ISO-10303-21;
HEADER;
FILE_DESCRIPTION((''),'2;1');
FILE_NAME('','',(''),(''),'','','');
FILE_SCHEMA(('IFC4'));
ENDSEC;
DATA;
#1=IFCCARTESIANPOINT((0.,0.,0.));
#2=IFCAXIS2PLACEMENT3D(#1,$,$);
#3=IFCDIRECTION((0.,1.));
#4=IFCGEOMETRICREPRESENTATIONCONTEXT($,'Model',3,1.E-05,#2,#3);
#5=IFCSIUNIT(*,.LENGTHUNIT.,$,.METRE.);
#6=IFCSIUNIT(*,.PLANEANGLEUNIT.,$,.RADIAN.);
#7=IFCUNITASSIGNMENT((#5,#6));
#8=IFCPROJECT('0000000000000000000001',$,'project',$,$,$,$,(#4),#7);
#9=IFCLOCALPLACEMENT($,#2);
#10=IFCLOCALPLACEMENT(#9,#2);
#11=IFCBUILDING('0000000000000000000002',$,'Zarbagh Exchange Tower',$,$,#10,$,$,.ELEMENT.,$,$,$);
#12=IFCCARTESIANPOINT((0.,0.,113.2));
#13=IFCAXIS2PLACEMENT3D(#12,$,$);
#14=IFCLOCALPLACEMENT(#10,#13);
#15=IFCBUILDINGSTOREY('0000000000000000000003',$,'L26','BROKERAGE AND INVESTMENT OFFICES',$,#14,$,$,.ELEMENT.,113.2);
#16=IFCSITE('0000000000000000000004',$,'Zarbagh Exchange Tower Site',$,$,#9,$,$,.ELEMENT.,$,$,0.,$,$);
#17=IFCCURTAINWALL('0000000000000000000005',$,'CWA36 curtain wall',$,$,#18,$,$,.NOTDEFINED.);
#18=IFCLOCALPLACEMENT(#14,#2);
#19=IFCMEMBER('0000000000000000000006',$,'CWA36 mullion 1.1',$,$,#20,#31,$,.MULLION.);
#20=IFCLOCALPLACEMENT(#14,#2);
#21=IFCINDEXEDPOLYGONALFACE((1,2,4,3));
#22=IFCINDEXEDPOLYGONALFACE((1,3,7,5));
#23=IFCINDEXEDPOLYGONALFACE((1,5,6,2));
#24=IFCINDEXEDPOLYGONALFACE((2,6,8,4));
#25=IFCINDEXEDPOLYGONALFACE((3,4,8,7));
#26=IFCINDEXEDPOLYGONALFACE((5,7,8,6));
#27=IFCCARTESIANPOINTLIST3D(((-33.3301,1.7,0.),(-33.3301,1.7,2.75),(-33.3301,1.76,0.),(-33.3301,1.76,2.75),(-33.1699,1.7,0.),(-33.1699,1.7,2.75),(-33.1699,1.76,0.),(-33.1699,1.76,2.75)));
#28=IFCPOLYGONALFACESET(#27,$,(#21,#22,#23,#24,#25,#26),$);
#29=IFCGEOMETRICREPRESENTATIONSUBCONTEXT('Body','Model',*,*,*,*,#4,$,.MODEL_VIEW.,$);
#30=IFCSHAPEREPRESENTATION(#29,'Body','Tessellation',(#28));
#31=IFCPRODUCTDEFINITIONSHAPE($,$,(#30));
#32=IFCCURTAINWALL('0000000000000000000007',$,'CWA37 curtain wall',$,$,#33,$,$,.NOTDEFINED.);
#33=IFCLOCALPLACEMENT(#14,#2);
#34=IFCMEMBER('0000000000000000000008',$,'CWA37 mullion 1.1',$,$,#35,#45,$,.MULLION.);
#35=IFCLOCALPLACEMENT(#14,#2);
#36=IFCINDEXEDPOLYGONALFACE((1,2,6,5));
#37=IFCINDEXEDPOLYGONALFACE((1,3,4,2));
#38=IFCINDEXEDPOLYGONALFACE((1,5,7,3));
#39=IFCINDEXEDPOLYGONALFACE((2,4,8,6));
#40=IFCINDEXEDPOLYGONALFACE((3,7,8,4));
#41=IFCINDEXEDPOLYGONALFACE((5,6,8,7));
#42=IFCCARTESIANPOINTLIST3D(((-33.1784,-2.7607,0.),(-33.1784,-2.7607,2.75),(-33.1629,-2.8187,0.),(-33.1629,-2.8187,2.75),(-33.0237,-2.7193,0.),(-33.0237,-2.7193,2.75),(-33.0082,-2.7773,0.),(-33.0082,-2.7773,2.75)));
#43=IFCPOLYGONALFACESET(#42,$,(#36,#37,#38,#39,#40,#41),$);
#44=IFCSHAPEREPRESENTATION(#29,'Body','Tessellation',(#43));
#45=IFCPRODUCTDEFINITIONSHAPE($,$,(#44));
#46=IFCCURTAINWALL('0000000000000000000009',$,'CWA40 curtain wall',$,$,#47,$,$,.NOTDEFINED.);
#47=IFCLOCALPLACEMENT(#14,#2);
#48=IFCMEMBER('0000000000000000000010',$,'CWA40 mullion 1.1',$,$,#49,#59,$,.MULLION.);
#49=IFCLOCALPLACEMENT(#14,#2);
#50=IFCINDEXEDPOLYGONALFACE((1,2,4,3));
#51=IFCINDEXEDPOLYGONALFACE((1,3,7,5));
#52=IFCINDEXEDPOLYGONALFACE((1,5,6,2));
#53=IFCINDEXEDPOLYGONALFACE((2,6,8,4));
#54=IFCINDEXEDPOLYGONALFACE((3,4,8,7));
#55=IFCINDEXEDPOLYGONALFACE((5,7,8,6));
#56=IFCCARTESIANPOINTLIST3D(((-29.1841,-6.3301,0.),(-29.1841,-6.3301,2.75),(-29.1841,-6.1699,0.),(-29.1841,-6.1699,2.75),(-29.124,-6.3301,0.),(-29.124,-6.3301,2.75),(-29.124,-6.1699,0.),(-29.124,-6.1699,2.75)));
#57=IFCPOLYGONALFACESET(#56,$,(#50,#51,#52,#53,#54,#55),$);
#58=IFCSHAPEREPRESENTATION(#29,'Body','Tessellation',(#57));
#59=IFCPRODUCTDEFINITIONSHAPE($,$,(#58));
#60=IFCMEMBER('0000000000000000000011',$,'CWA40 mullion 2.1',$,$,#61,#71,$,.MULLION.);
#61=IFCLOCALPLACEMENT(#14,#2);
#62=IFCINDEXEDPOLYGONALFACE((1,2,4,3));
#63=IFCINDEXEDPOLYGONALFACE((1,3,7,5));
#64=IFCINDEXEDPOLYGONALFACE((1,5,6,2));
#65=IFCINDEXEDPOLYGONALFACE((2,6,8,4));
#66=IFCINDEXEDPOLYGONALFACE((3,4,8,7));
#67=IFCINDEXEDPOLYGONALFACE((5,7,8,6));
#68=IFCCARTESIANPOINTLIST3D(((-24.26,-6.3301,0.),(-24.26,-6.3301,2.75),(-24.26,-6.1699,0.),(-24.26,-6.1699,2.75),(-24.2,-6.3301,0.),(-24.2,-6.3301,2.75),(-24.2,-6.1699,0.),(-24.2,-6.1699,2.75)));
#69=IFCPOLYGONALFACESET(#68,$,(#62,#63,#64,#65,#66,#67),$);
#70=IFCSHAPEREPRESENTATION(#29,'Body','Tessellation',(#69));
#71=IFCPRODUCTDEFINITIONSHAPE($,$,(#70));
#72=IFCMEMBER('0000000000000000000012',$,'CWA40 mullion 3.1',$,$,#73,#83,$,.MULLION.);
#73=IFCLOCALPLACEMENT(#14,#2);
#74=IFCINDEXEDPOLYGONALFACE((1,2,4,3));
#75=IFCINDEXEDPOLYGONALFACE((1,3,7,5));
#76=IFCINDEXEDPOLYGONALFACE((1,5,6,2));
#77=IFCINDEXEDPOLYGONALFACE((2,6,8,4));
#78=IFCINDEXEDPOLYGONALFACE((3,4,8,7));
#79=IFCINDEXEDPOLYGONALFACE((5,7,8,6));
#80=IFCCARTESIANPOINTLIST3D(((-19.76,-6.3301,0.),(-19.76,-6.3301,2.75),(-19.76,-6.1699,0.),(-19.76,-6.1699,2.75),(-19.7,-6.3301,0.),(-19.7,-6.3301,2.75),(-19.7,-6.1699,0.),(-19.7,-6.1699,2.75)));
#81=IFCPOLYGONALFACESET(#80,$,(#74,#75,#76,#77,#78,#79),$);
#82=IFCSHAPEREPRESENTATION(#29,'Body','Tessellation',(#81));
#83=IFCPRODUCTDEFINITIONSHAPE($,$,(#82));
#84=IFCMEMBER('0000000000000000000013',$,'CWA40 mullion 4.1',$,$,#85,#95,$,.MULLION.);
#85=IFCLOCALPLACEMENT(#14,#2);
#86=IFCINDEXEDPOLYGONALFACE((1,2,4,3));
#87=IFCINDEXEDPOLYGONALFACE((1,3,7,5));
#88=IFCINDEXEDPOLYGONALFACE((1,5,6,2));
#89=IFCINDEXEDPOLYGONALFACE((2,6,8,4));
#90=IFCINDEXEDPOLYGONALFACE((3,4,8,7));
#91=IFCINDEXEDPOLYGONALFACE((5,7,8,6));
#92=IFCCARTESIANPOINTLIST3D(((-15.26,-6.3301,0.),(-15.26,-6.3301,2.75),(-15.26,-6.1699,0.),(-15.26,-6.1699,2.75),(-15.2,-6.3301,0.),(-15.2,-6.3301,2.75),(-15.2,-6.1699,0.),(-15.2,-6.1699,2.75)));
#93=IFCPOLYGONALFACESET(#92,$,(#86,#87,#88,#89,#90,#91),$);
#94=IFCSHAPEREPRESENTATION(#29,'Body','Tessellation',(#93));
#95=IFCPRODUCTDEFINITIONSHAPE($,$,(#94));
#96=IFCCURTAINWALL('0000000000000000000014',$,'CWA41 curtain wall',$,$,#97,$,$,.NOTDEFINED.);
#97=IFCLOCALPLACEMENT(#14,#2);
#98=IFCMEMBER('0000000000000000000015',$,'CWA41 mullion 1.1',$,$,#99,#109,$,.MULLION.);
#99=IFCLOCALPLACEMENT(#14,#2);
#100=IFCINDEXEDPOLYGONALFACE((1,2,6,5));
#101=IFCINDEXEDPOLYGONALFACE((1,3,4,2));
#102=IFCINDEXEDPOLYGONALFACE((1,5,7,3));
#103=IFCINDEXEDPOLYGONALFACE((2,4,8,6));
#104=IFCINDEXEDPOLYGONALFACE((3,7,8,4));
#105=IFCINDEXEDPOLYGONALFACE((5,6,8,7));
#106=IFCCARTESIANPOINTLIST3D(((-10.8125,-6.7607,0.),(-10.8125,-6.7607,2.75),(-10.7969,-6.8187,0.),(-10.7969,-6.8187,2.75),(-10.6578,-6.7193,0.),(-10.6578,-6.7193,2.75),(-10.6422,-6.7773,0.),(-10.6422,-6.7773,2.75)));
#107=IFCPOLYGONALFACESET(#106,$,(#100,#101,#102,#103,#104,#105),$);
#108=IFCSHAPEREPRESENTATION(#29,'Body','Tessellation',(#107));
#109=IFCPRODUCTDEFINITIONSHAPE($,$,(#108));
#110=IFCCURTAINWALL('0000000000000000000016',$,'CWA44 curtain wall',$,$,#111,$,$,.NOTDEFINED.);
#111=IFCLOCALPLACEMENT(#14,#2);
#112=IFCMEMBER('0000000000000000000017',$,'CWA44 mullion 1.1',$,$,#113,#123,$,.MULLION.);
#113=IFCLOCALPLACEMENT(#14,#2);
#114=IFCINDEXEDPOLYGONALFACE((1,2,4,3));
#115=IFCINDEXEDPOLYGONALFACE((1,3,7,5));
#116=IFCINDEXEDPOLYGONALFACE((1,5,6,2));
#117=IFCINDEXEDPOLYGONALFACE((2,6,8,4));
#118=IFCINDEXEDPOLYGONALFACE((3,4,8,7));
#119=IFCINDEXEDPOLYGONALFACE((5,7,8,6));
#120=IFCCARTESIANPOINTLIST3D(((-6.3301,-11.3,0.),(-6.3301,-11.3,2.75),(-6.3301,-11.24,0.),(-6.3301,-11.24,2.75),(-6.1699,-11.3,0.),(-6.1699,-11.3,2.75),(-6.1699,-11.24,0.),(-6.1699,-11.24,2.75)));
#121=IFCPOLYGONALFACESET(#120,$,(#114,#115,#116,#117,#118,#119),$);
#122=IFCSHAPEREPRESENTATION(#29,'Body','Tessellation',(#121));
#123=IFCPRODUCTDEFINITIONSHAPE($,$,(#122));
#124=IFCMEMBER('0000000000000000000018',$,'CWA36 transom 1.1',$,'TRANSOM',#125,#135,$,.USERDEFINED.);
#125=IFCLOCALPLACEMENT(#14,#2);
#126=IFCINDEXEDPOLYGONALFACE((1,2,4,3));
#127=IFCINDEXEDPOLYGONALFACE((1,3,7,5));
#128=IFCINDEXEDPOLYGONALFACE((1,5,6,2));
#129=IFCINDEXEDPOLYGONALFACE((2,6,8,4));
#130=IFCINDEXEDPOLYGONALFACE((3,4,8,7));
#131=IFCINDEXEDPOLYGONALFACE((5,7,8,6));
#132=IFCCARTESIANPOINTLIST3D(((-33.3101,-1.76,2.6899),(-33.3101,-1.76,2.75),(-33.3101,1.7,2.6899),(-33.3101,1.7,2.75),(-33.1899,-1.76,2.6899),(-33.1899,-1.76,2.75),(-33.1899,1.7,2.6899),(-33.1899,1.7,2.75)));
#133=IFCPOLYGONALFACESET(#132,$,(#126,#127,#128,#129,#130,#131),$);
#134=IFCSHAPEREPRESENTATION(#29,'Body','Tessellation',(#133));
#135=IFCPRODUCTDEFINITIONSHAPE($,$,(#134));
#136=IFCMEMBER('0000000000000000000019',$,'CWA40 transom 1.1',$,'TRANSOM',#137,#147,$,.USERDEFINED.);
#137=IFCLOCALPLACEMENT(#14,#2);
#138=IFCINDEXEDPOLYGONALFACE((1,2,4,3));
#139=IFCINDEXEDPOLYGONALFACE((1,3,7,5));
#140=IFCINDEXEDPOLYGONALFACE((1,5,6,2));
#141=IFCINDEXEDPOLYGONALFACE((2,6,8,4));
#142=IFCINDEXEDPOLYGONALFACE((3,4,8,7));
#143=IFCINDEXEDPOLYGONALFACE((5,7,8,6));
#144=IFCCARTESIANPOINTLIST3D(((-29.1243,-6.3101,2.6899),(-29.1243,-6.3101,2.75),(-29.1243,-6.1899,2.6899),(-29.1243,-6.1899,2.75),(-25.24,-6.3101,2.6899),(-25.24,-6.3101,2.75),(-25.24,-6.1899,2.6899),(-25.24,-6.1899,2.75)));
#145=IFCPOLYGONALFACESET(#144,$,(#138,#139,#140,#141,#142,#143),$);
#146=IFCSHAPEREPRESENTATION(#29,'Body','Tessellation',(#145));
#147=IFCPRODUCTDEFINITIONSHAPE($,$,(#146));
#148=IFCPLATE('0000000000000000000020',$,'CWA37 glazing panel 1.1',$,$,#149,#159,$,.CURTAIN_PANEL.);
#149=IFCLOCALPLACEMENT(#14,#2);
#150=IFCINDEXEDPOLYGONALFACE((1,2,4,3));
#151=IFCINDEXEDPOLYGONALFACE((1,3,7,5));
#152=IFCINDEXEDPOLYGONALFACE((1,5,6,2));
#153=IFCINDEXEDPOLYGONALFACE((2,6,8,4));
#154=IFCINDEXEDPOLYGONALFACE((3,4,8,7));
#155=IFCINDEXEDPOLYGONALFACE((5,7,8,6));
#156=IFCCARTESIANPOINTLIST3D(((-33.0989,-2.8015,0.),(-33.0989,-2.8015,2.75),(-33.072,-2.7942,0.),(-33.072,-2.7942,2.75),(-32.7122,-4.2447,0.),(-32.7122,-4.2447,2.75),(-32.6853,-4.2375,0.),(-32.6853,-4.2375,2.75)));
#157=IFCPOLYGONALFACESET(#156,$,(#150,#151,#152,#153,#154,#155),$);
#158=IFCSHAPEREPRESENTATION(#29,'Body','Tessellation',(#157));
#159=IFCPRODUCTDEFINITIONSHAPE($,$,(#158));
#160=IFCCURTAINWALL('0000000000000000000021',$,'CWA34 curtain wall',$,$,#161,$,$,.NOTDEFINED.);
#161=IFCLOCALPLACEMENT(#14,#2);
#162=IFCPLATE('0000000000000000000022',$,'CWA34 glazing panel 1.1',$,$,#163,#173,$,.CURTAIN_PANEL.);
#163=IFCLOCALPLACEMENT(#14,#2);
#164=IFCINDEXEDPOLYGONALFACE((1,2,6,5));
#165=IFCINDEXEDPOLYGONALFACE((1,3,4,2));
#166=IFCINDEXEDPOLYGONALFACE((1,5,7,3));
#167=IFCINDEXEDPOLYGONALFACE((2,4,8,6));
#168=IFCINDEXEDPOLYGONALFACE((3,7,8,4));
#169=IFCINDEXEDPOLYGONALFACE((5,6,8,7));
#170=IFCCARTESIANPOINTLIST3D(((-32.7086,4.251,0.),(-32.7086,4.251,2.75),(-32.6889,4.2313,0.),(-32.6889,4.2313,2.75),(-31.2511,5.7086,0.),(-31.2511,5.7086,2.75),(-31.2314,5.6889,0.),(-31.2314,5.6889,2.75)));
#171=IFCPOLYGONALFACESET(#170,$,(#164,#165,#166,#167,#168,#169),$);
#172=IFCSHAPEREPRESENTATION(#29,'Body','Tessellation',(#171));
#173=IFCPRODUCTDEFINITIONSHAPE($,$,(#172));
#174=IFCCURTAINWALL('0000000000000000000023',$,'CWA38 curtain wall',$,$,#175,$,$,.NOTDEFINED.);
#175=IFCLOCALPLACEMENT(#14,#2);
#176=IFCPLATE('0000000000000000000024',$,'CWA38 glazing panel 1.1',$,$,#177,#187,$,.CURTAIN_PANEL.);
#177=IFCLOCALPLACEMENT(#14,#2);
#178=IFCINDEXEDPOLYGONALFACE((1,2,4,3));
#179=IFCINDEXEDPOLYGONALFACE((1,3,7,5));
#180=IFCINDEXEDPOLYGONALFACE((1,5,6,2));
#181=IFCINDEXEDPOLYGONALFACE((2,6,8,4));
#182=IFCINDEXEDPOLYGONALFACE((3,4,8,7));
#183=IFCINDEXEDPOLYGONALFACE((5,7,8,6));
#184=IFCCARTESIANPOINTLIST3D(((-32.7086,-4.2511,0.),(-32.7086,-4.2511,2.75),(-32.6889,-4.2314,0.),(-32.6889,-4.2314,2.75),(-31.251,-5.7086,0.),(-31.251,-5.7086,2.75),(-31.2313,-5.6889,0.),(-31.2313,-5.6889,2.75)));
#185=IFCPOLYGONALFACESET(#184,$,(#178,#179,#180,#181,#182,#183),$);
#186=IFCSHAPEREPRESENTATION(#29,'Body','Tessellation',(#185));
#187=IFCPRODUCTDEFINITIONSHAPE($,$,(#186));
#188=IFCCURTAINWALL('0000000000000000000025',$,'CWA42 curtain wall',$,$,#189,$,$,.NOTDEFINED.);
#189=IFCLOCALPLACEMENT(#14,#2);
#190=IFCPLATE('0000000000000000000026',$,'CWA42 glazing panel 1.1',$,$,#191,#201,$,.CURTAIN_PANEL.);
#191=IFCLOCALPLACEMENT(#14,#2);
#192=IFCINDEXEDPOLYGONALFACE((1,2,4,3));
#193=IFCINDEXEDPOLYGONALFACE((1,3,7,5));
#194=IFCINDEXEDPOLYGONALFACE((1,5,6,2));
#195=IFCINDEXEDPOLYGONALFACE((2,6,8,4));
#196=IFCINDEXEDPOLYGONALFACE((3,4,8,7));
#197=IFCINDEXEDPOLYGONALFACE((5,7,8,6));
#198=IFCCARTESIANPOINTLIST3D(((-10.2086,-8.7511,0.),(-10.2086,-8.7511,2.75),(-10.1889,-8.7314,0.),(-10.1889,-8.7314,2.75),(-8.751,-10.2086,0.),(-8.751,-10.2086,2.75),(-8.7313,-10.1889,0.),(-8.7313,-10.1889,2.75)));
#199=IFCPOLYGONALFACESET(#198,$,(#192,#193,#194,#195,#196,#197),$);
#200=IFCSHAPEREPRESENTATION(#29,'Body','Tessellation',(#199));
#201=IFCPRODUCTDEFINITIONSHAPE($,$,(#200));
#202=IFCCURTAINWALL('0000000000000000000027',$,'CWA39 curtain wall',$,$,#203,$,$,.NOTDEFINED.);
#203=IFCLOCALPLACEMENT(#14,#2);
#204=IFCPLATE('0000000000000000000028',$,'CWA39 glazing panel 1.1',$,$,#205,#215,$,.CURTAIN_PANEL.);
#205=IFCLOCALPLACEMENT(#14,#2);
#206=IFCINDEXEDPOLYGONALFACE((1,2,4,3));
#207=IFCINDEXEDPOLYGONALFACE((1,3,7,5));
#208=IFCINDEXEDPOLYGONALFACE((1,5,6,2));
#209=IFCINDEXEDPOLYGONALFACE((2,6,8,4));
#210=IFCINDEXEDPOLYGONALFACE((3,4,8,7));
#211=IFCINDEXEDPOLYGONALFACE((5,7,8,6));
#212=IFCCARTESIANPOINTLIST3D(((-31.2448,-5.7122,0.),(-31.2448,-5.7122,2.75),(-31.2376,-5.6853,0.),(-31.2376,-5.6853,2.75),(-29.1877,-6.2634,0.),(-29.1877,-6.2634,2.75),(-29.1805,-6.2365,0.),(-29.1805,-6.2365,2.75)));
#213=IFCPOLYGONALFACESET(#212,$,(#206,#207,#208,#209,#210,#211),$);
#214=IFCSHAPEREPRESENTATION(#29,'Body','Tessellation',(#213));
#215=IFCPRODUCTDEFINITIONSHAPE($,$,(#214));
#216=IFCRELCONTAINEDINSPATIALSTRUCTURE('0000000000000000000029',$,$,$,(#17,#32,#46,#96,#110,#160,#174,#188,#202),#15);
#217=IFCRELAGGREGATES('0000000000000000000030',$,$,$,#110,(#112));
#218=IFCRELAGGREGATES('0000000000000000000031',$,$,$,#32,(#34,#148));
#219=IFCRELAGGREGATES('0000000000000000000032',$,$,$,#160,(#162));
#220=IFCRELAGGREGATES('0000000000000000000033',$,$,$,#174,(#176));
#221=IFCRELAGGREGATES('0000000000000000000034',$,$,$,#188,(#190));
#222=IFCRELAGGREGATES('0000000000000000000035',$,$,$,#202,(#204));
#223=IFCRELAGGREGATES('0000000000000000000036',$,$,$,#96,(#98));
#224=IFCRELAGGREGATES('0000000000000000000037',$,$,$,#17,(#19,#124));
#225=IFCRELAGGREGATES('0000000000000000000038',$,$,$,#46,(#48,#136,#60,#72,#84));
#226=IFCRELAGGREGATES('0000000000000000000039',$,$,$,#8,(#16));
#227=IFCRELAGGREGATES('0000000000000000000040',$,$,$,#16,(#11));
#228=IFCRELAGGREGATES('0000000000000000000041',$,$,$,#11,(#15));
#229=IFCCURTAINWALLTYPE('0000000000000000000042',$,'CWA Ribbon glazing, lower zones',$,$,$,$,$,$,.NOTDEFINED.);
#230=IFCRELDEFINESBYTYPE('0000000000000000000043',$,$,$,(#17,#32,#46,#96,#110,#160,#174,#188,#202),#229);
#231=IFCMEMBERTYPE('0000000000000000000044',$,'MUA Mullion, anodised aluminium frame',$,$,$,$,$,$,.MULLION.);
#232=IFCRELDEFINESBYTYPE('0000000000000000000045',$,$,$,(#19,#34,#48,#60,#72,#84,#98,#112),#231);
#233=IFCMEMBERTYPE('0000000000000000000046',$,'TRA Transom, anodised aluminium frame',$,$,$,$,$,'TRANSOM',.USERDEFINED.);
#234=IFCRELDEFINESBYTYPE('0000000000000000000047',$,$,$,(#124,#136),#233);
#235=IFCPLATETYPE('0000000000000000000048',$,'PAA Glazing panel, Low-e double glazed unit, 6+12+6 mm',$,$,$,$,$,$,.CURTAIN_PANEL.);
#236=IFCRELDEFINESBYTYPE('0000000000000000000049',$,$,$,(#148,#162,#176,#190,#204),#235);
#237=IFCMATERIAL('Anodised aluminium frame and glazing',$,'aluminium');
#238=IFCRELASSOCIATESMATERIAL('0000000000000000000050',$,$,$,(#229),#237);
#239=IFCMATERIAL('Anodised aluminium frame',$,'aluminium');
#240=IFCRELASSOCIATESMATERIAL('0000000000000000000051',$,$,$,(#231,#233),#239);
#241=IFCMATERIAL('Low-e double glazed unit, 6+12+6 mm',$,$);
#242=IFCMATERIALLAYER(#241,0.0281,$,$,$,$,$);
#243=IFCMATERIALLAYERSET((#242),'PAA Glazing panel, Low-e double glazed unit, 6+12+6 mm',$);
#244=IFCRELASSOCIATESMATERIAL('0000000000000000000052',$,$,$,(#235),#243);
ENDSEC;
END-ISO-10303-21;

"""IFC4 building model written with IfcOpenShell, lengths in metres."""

from ifc_helpers import new_model, si_unit, direction, frame, origin, place, context, subcontext, project, spatial, polyline, outline, extrude, source, transform, mapped, material, layer, layer_set, type_object, element, aggregate, save


model = new_model("IFC4")

# Units and contexts
model_context = context("Model", 3, precision=1e-05, world=origin(), true_north=direction((0.0, 1.0)))
body_context = subcontext(model_context, "Body", "Model", "MODEL_VIEW")
ifc_project = project(units=[si_unit("LENGTHUNIT", "METRE"), si_unit("PLANEANGLEUNIT", "RADIAN")], contexts=[model_context])

# Site, building, storey
site_placement = place(None, origin())
site = spatial("IfcSite", under=ifc_project, at=site_placement, Name="Zarbagh Exchange Tower Site", CompositionType="ELEMENT", RefElevation=0.0)
building_placement = place(site_placement, origin())
building = spatial("IfcBuilding", under=site, at=building_placement, Name="Zarbagh Exchange Tower", CompositionType="ELEMENT")
storey_placement = place(building_placement, frame((0.0, 0.0, 113.2)))
storey = spatial("IfcBuildingStorey", under=building, at=storey_placement, Name="L26", Description="BROKERAGE AND INVESTMENT OFFICES", CompositionType="ELEMENT", Elevation=113.2)

# Curtain walls, members
ifc_material_1 = material(Name="Anodised aluminium frame and glazing", Category="aluminium")
curtain_wall_type = type_object("IfcCurtainWallType", Name="CWA Ribbon glazing, lower zones", PredefinedType="NOTDEFINED", material=ifc_material_1)
curtain_wall_1_placement = place(storey_placement, origin())
curtain_wall_1 = element("IfcCurtainWall", 1, at=curtain_wall_1_placement, inside=storey, type_object=curtain_wall_type, Name="CWA36 curtain wall", PredefinedType="NOTDEFINED")
ifc_material_2 = material(Name="Anodised aluminium frame", Category="aluminium")
member_type_1 = type_object("IfcMemberType", Name="MUA Mullion, anodised aluminium frame", PredefinedType="MULLION", material=ifc_material_2)
shared_shape_1 = source(origin(), body_context, "Body", "SweptSolid", [
    extrude(outline(polyline([(0.0, -0.0801), (0.0601, -0.0801), (0.0601, 0.0801), (0.0, 0.0801), (0.0, -0.0801)])), origin(), (0.0, 0.0, 1.0), 2.75),
])
placement = place(storey_placement, origin())
member_1 = element("IfcMember", 2, at=placement, type_object=member_type_1, Name="CWA36 mullion 1.1", PredefinedType="MULLION", context=body_context, shape_type="MappedRepresentation", body=[
    mapped(shared_shape_1, transform((-33.25, 1.76, 0.0), x_axis=(0.0, -1.0, 0.0), y_axis=(1.0, 0.0, 0.0), z_axis=(0.0, 0.0, 1.0))),
])
curtain_wall_2_placement = place(storey_placement, origin())
curtain_wall_2 = element("IfcCurtainWall", 3, at=curtain_wall_2_placement, inside=storey, type_object=curtain_wall_type, Name="CWA37 curtain wall", PredefinedType="NOTDEFINED")
member_2 = element("IfcMember", 4, at=placement, type_object=member_type_1, Name="CWA37 mullion 1.1", PredefinedType="MULLION", context=body_context, shape_type="MappedRepresentation", body=[
    mapped(shared_shape_1, transform((-33.1011, -2.74, 0.0), x_axis=(0.258825, -0.965924, 0.0), y_axis=(0.965924, 0.258825, 0.0), z_axis=(0.0, 0.0, 1.0))),
])

# Curtain wall, members
curtain_wall_3_placement = place(storey_placement, origin())
curtain_wall_3 = element("IfcCurtainWall", 5, at=curtain_wall_3_placement, inside=storey, type_object=curtain_wall_type, Name="CWA40 curtain wall", PredefinedType="NOTDEFINED")
member_3 = element("IfcMember", 6, at=placement, type_object=member_type_1, Name="CWA40 mullion 1.1", PredefinedType="MULLION", context=body_context, shape_type="MappedRepresentation", body=[
    mapped(shared_shape_1, transform((-29.1841, -6.25, 0.0), x_axis=(1.0, 0.0, 0.0), y_axis=(0.0, 1.0, 0.0), z_axis=(0.0, 0.0, 1.0))),
])
member_4 = element("IfcMember", 7, at=placement, type_object=member_type_1, Name="CWA40 mullion 2.1", PredefinedType="MULLION", context=body_context, shape_type="MappedRepresentation", body=[
    mapped(shared_shape_1, transform((-24.26, -6.25, 0.0), x_axis=(1.0, 0.0, 0.0), y_axis=(0.0, 1.0, 0.0), z_axis=(0.0, 0.0, 1.0))),
])
member_5 = element("IfcMember", 8, at=placement, type_object=member_type_1, Name="CWA40 mullion 3.1", PredefinedType="MULLION", context=body_context, shape_type="MappedRepresentation", body=[
    mapped(shared_shape_1, transform((-19.76, -6.25, 0.0), x_axis=(1.0, 0.0, 0.0), y_axis=(0.0, 1.0, 0.0), z_axis=(0.0, 0.0, 1.0))),
])
member_6 = element("IfcMember", 9, at=placement, type_object=member_type_1, Name="CWA40 mullion 4.1", PredefinedType="MULLION", context=body_context, shape_type="MappedRepresentation", body=[
    mapped(shared_shape_1, transform((-15.26, -6.25, 0.0), x_axis=(1.0, 0.0, 0.0), y_axis=(0.0, 1.0, 0.0), z_axis=(0.0, 0.0, 1.0))),
])

# Curtain walls, members
curtain_wall_4_placement = place(storey_placement, origin())
curtain_wall_4 = element("IfcCurtainWall", 10, at=curtain_wall_4_placement, inside=storey, type_object=curtain_wall_type, Name="CWA41 curtain wall", PredefinedType="NOTDEFINED")
member_7 = element("IfcMember", 11, at=placement, type_object=member_type_1, Name="CWA41 mullion 1.1", PredefinedType="MULLION", context=body_context, shape_type="MappedRepresentation", body=[
    mapped(shared_shape_1, transform((-10.7351, -6.74, 0.0), x_axis=(0.258825, -0.965924, 0.0), y_axis=(0.965924, 0.258825, 0.0), z_axis=(0.0, 0.0, 1.0))),
])
curtain_wall_5_placement = place(storey_placement, origin())
curtain_wall_5 = element("IfcCurtainWall", 12, at=curtain_wall_5_placement, inside=storey, type_object=curtain_wall_type, Name="CWA44 curtain wall", PredefinedType="NOTDEFINED")
member_8 = element("IfcMember", 13, at=placement, type_object=member_type_1, Name="CWA44 mullion 1.1", PredefinedType="MULLION", context=body_context, shape_type="MappedRepresentation", body=[
    mapped(shared_shape_1, transform((-6.25, -11.24, 0.0), x_axis=(0.0, -1.0, 0.0), y_axis=(1.0, 0.0, 0.0), z_axis=(0.0, 0.0, 1.0))),
])
aggregate(curtain_wall_5, [member_8])

# Members
member_type_2 = type_object("IfcMemberType", Name="TRA Transom, anodised aluminium frame", ElementType="TRANSOM", PredefinedType="USERDEFINED", material=ifc_material_2)
shared_shape_2 = source(origin(), body_context, "Body", "SweptSolid", [
    extrude(outline(polyline([(-0.0601, -0.0601), (0.0, -0.0601), (0.0, 0.0601), (-0.0601, 0.0601), (-0.0601, -0.0601)])), origin(), (0.0, 0.0, 1.0), 3.46),
])
member_9 = element("IfcMember", 14, at=placement, type_object=member_type_2, Name="CWA36 transom 1.1", ObjectType="TRANSOM", PredefinedType="USERDEFINED", context=body_context, shape_type="MappedRepresentation", body=[
    mapped(shared_shape_2, transform((-33.25, 1.7, 2.75), x_axis=(0.0, 0.0, 1.0), y_axis=(-1.0, 0.0, 0.0), z_axis=(0.0, -1.0, 0.0))),
])
shared_shape_3 = source(origin(), body_context, "Body", "SweptSolid", [
    extrude(outline(polyline([(-0.0601, -0.0601), (0.0, -0.0601), (0.0, 0.0601), (-0.0601, 0.0601), (-0.0601, -0.0601)])), origin(), (0.0, 0.0, 1.0), 3.8843),
])
member_10 = element("IfcMember", 15, at=placement, type_object=member_type_2, Name="CWA40 transom 1.1", ObjectType="TRANSOM", PredefinedType="USERDEFINED", context=body_context, shape_type="MappedRepresentation", body=[
    mapped(shared_shape_3, transform((-29.1243, -6.25, 2.75), x_axis=(0.0, 0.0, 1.0), y_axis=(0.0, -1.0, 0.0), z_axis=(1.0, 0.0, 0.0))),
])

# Plate
ifc_material_3 = material(Name="Low-e double glazed unit, 6+12+6 mm")
ifc_layer = layer(ifc_material_3, 0.0281)
ifc_layer_set = layer_set([ifc_layer], Name="PAA Glazing panel, Low-e double glazed unit, 6+12+6 mm")
plate_type = type_object("IfcPlateType", Name="PAA Glazing panel, Low-e double glazed unit, 6+12+6 mm", PredefinedType="CURTAIN_PANEL", material=ifc_layer_set)
shared_shape_4 = source(origin(), body_context, "Body", "SweptSolid", [
    extrude(outline(polyline([(0.0, -0.0139), (1.4941, -0.0139), (1.4941, 0.0139), (0.0, 0.0139), (0.0, -0.0139)])), origin(), (0.0, 0.0, 1.0), 2.75),
])
plate_1 = element("IfcPlate", 16, at=placement, type_object=plate_type, Name="CWA37 glazing panel 1.1", PredefinedType="CURTAIN_PANEL", context=body_context, shape_type="MappedRepresentation", body=[
    mapped(shared_shape_4, transform((-33.0854, -2.7979, 0.0), x_axis=(0.258825, -0.965924, 0.0), y_axis=(0.965924, 0.258825, 0.0), z_axis=(0.0, 0.0, 1.0))),
])
aggregate(curtain_wall_2, [member_2, plate_1])

# Curtain walls, plates
curtain_wall_6_placement = place(storey_placement, origin())
curtain_wall_6 = element("IfcCurtainWall", 17, at=curtain_wall_6_placement, inside=storey, type_object=curtain_wall_type, Name="CWA34 curtain wall", PredefinedType="NOTDEFINED")
shared_shape_5 = source(origin(), body_context, "Body", "SweptSolid", [
    extrude(outline(polyline([(0.0, -0.0139), (2.0613, -0.0139), (2.0613, 0.0139), (0.0, 0.0139), (0.0, -0.0139)])), origin(), (0.0, 0.0, 1.0), 2.75),
])
plate_2 = element("IfcPlate", 18, at=placement, type_object=plate_type, Name="CWA34 glazing panel 1.1", PredefinedType="CURTAIN_PANEL", context=body_context, shape_type="MappedRepresentation", body=[
    mapped(shared_shape_5, transform((-31.2412, 5.6987, 0.0), x_axis=(-0.707107, -0.707107, 0.0), y_axis=(0.707107, -0.707107, 0.0), z_axis=(0.0, 0.0, 1.0))),
])
aggregate(curtain_wall_6, [plate_2])
curtain_wall_7_placement = place(storey_placement, origin())
curtain_wall_7 = element("IfcCurtainWall", 19, at=curtain_wall_7_placement, inside=storey, type_object=curtain_wall_type, Name="CWA38 curtain wall", PredefinedType="NOTDEFINED")
plate_3 = element("IfcPlate", 20, at=placement, type_object=plate_type, Name="CWA38 glazing panel 1.1", PredefinedType="CURTAIN_PANEL", context=body_context, shape_type="MappedRepresentation", body=[
    mapped(shared_shape_5, transform((-32.6987, -4.2412, 0.0), x_axis=(0.707107, -0.707107, 0.0), y_axis=(0.707107, 0.707107, 0.0), z_axis=(0.0, 0.0, 1.0))),
])
aggregate(curtain_wall_7, [plate_3])
curtain_wall_8_placement = place(storey_placement, origin())
curtain_wall_8 = element("IfcCurtainWall", 21, at=curtain_wall_8_placement, inside=storey, type_object=curtain_wall_type, Name="CWA42 curtain wall", PredefinedType="NOTDEFINED")
plate_4 = element("IfcPlate", 22, at=placement, type_object=plate_type, Name="CWA42 glazing panel 1.1", PredefinedType="CURTAIN_PANEL", context=body_context, shape_type="MappedRepresentation", body=[
    mapped(shared_shape_5, transform((-10.1987, -8.7412, 0.0), x_axis=(0.707107, -0.707107, 0.0), y_axis=(0.707107, 0.707107, 0.0), z_axis=(0.0, 0.0, 1.0))),
])
aggregate(curtain_wall_8, [plate_4])
curtain_wall_9_placement = place(storey_placement, origin())
curtain_wall_9 = element("IfcCurtainWall", 23, at=curtain_wall_9_placement, inside=storey, type_object=curtain_wall_type, Name="CWA39 curtain wall", PredefinedType="NOTDEFINED")
shared_shape_6 = source(origin(), body_context, "Body", "SweptSolid", [
    extrude(outline(polyline([(0.0, -0.0139), (2.1296, -0.0139), (2.1296, 0.0139), (0.0, 0.0139), (0.0, -0.0139)])), origin(), (0.0, 0.0, 1.0), 2.75),
])
plate_5 = element("IfcPlate", 24, at=placement, type_object=plate_type, Name="CWA39 glazing panel 1.1", PredefinedType="CURTAIN_PANEL", context=body_context, shape_type="MappedRepresentation", body=[
    mapped(shared_shape_6, transform((-31.2412, -5.6987, 0.0), x_axis=(0.965924, -0.258825, 0.0), y_axis=(0.258825, 0.965924, 0.0), z_axis=(0.0, 0.0, 1.0))),
])
aggregate(curtain_wall_9, [plate_5])

aggregate(curtain_wall_4, [member_7])

aggregate(curtain_wall_1, [member_1, member_9])
aggregate(curtain_wall_3, [member_3, member_10, member_4, member_5, member_6])

save(model, "model.ifc")
